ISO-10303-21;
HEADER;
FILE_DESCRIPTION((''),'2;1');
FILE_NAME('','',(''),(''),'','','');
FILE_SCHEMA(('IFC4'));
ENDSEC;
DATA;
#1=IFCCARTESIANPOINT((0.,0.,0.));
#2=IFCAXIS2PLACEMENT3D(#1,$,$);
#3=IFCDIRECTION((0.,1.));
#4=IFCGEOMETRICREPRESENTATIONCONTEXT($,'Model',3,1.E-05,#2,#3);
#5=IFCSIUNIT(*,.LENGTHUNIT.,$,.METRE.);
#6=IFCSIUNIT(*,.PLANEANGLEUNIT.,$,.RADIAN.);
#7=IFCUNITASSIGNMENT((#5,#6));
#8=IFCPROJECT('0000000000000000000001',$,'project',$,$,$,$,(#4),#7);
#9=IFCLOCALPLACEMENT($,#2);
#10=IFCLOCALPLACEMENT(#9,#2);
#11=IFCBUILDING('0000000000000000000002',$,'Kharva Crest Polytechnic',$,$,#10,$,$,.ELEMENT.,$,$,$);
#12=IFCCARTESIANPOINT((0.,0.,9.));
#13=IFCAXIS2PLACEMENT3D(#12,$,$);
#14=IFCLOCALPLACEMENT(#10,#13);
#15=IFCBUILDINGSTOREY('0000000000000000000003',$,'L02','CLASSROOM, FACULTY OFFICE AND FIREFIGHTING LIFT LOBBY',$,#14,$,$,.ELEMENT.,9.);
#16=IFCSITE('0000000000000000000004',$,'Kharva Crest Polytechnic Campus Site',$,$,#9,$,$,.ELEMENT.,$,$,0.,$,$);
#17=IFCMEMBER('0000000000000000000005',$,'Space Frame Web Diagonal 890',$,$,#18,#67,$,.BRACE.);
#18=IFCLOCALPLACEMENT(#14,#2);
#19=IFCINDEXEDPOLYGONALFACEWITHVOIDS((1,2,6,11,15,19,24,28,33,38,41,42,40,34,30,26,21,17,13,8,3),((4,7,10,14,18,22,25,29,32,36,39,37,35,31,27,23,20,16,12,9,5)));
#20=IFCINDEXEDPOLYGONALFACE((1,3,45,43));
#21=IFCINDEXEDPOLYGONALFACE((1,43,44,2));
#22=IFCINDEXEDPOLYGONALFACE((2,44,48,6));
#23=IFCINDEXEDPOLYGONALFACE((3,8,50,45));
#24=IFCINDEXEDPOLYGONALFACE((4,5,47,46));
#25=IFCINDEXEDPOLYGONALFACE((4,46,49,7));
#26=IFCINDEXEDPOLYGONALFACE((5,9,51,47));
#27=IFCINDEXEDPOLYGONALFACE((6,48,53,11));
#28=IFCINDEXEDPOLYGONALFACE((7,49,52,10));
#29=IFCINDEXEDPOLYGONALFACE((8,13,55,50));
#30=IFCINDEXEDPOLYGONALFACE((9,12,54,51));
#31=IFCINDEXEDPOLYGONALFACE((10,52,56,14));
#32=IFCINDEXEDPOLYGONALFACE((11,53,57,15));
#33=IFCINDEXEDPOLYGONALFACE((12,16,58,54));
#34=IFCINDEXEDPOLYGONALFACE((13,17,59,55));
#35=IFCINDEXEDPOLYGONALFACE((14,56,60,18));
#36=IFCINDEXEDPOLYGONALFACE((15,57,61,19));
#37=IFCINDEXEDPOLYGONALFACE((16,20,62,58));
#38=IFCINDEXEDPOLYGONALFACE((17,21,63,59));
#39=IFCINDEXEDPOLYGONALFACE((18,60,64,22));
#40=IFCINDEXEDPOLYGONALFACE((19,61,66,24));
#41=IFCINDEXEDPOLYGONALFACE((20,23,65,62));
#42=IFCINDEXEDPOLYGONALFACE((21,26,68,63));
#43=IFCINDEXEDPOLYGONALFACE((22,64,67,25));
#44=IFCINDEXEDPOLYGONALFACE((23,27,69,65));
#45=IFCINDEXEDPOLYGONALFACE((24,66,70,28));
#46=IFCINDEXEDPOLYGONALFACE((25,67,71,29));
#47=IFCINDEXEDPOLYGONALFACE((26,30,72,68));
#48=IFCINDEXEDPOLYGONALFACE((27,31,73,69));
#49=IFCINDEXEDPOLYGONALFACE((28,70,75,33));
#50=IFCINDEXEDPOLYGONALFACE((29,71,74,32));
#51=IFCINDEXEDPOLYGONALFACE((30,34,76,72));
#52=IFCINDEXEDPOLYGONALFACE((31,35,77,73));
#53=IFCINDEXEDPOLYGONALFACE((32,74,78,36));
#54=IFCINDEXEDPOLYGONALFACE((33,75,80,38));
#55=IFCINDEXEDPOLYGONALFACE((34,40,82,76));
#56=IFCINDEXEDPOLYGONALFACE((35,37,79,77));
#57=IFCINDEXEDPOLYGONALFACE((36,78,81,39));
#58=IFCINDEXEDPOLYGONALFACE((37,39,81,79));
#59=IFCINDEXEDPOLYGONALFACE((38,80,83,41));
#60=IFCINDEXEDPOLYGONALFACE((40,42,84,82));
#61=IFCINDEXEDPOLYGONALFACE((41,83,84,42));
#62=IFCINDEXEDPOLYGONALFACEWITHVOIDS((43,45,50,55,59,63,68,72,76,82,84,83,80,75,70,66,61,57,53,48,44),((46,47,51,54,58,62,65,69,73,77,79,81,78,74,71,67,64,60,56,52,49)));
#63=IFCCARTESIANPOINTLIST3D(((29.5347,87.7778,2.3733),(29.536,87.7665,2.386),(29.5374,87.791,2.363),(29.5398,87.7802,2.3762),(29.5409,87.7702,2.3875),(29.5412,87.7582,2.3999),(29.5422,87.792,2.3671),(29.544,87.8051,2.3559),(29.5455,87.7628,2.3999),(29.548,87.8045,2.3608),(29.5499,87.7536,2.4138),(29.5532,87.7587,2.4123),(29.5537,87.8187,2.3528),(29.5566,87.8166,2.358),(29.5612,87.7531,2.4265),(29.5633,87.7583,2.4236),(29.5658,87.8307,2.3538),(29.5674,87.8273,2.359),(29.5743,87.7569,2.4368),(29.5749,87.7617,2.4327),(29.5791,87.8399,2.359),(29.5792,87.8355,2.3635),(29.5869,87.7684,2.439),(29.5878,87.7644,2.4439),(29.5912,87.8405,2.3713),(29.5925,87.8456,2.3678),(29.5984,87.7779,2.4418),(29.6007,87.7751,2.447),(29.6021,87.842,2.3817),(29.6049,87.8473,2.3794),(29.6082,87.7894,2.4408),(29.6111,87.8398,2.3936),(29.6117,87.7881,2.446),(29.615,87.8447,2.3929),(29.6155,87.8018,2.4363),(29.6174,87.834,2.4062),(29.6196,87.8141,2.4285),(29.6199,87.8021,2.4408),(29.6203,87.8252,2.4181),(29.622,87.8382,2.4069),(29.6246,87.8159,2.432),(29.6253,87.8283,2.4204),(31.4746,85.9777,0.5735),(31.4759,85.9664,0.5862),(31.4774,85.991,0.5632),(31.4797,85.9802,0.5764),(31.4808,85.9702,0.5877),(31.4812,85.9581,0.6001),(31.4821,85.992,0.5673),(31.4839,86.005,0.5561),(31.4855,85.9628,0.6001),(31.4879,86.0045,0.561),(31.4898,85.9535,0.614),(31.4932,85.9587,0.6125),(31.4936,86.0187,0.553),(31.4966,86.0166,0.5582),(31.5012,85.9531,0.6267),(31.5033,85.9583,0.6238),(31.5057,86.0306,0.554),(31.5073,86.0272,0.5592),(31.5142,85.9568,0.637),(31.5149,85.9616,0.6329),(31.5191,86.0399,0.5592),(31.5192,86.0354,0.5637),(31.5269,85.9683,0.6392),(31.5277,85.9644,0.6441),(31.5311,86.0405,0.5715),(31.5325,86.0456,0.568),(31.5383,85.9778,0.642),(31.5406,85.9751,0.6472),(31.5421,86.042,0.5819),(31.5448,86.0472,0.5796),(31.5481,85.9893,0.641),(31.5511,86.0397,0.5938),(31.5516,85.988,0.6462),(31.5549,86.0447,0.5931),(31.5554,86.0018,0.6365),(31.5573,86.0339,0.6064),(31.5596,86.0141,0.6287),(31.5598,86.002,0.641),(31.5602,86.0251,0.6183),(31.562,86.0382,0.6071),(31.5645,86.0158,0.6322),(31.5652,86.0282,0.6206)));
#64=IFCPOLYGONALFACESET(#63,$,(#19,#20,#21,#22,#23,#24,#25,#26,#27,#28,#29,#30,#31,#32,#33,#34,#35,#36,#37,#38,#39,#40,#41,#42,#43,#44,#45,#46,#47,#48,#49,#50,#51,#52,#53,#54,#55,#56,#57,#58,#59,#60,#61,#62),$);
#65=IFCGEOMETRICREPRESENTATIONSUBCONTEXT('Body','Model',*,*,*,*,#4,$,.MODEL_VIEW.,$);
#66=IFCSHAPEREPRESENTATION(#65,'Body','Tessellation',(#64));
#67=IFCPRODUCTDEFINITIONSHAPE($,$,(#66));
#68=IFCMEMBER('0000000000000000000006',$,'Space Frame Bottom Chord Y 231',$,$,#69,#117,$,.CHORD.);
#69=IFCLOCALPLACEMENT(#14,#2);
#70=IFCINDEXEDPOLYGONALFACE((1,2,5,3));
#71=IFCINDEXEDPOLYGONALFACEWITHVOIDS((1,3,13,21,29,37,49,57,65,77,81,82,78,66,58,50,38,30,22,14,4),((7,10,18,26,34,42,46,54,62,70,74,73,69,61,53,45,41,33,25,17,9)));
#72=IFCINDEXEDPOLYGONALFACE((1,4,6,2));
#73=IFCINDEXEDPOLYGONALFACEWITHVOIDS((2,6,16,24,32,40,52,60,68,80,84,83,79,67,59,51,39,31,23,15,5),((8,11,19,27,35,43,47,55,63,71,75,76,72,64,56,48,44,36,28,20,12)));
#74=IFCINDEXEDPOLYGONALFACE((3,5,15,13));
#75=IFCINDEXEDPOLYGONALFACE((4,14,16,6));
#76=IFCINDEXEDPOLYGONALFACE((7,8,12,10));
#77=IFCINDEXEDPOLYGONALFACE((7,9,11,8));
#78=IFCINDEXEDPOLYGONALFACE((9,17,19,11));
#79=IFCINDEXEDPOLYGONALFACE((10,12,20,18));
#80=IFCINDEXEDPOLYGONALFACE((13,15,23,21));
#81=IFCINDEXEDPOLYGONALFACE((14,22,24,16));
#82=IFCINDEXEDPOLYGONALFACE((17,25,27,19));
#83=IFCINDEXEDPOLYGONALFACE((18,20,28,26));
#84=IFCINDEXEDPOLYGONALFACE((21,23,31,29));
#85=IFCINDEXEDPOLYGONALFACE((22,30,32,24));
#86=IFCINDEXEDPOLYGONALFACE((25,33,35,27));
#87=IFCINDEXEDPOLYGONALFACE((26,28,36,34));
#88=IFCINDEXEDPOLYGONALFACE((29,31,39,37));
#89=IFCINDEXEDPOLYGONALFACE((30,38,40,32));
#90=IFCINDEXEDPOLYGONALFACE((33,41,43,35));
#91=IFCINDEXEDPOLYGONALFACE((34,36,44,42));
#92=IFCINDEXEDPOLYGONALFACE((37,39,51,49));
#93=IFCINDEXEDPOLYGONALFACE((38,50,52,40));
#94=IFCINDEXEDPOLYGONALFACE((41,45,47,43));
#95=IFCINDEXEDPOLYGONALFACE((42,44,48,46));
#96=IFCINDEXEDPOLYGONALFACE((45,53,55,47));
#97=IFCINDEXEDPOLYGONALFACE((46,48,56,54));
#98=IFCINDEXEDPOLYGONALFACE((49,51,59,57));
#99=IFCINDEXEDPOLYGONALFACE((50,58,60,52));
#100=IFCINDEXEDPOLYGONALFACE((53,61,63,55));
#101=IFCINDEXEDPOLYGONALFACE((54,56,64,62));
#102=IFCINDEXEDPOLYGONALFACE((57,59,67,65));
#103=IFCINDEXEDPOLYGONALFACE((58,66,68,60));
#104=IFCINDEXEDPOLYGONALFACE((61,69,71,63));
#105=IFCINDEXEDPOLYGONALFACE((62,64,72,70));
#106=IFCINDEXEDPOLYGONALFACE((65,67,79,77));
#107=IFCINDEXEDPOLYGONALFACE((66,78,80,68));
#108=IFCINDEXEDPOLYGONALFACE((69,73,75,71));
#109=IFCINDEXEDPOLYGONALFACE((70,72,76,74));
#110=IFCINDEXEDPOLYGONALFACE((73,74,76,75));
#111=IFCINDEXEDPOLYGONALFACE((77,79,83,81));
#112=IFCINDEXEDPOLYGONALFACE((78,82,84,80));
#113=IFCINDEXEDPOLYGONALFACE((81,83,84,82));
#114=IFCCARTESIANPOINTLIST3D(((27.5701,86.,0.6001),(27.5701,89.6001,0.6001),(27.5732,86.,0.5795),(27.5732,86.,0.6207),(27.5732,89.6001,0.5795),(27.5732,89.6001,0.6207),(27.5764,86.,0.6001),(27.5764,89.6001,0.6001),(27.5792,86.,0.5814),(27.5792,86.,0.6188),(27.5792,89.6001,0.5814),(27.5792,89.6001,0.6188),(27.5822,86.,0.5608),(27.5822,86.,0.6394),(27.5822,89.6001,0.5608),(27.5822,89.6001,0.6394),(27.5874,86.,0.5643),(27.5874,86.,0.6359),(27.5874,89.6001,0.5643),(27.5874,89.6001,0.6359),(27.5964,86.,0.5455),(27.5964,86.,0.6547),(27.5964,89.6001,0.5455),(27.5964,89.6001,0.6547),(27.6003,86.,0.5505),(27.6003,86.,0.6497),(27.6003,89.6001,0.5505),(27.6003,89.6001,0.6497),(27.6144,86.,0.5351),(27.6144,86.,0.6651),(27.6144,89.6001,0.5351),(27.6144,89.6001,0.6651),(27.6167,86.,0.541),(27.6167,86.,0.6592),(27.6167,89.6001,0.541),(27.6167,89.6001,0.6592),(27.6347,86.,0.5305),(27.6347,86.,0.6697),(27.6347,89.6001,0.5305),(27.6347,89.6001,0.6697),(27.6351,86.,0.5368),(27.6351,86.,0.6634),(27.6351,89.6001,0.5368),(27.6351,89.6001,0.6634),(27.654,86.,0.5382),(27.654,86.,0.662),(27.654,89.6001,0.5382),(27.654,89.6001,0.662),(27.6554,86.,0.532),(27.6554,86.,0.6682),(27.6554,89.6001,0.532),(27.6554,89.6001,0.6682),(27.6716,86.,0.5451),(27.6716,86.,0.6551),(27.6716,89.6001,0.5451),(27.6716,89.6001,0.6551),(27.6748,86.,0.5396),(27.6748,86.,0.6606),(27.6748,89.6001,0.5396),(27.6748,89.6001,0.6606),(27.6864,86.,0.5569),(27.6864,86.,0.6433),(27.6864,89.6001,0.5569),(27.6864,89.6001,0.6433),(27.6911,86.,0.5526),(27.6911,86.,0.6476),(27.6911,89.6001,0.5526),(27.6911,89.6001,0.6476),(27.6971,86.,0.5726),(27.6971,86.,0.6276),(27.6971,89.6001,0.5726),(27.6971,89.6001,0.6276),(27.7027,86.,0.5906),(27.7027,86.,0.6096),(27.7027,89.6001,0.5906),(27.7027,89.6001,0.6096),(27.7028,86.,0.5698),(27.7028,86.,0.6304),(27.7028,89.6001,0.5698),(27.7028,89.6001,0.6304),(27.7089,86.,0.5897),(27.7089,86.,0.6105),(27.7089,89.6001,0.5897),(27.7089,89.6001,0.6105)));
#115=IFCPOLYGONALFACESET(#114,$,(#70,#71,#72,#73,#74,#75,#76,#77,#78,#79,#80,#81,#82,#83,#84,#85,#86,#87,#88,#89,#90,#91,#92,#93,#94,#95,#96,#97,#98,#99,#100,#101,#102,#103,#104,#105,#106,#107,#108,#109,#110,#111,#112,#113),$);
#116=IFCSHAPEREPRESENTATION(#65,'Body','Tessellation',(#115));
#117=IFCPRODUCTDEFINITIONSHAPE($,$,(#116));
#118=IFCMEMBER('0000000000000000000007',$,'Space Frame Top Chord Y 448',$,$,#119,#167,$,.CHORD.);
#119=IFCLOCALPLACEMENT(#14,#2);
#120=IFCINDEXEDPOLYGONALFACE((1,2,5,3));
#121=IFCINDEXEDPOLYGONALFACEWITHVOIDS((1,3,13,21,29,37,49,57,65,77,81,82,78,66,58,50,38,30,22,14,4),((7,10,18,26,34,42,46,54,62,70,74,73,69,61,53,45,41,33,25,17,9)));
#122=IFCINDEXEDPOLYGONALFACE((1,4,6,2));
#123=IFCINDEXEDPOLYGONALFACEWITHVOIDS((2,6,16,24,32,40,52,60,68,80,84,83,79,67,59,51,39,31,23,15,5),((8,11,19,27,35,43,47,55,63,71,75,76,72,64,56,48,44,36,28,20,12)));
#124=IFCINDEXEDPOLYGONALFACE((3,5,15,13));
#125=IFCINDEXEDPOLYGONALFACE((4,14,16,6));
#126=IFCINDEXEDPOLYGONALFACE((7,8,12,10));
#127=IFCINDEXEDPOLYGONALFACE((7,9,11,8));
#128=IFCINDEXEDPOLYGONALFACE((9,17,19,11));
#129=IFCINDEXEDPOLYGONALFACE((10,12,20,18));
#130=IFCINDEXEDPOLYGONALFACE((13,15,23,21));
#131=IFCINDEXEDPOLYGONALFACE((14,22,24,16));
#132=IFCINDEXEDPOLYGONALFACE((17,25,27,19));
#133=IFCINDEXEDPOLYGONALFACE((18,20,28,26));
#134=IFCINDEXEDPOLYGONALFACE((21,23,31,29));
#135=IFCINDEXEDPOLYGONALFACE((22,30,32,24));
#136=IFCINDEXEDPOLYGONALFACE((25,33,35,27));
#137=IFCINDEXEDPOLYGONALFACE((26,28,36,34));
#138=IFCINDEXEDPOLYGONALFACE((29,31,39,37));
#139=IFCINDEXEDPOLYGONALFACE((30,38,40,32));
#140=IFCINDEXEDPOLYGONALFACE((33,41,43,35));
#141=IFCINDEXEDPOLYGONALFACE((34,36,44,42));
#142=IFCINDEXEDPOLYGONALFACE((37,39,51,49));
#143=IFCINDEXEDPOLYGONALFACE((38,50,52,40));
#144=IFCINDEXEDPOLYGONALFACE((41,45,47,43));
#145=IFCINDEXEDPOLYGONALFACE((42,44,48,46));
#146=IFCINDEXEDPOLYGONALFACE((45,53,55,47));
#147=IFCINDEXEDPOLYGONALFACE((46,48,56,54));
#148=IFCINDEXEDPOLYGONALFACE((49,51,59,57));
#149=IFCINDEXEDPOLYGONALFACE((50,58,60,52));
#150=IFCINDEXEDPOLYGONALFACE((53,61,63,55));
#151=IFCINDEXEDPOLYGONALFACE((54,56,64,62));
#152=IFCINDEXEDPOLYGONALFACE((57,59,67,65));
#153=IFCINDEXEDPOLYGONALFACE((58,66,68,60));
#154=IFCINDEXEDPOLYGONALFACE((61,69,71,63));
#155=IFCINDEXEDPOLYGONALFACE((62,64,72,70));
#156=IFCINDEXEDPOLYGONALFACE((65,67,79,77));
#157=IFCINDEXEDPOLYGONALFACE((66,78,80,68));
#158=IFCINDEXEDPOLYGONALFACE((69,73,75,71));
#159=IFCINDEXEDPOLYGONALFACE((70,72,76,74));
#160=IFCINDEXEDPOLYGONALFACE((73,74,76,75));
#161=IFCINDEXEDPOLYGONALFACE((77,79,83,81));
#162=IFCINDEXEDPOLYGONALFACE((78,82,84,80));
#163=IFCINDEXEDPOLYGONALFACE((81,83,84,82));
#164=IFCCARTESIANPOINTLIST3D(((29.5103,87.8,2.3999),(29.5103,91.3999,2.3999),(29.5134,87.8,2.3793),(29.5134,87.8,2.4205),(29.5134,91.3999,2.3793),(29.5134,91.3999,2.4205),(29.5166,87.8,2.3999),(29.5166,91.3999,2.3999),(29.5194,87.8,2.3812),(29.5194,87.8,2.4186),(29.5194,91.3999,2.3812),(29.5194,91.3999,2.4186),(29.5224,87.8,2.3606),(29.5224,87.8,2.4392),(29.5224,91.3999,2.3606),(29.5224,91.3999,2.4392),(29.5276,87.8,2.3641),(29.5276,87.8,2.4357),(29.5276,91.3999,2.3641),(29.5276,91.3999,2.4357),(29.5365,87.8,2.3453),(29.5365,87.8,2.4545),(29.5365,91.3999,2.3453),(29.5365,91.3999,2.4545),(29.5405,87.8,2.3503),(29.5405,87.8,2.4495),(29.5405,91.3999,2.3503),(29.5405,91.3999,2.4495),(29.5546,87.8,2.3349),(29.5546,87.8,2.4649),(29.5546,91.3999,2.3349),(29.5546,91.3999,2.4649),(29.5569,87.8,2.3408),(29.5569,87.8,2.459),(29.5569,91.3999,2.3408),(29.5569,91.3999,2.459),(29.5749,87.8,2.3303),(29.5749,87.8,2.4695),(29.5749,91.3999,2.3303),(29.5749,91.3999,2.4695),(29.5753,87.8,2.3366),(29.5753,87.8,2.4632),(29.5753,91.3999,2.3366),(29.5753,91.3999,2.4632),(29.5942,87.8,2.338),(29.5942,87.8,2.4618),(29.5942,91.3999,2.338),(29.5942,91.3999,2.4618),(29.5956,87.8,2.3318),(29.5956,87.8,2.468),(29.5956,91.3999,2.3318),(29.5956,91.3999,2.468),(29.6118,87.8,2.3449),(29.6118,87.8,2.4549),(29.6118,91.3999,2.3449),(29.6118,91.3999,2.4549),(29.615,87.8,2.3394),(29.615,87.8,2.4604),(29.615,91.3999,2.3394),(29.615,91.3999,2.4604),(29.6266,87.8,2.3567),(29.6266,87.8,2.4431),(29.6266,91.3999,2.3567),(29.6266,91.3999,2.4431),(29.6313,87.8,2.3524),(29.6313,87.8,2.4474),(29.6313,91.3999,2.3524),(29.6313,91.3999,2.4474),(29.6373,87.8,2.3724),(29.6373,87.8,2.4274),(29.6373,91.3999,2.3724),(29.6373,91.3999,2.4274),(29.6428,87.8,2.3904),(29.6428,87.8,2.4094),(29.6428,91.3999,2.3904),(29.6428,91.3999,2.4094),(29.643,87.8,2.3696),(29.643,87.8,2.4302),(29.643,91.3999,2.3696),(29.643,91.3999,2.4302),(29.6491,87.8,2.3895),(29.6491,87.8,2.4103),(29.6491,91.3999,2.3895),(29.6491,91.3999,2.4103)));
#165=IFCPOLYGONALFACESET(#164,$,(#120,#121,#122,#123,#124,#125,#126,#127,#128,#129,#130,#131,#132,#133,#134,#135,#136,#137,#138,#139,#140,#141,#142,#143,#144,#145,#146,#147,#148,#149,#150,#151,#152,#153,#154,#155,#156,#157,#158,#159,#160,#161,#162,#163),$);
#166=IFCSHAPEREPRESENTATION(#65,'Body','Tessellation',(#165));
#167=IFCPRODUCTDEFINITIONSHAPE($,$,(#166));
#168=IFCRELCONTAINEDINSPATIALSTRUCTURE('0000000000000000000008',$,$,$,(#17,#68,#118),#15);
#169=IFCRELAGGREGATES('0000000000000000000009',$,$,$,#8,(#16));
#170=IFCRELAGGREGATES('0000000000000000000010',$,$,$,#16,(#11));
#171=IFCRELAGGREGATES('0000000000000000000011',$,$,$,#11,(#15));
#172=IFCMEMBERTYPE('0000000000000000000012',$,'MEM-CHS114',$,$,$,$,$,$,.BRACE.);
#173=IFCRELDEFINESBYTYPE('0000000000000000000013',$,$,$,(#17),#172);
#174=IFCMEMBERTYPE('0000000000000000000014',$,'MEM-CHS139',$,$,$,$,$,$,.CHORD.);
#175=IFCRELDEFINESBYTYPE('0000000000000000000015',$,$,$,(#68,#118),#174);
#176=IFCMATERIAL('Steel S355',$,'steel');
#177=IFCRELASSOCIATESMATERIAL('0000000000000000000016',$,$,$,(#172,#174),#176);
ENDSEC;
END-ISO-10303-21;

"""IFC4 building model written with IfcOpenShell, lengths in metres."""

from ifc_helpers import new_model, si_unit, direction, frame, origin, origin_2d, place, context, subcontext, project, spatial, hollow_circle, extrude, material, material_profile, profile_set, type_object, element, save


model = new_model("IFC4")

# Units and contexts
model_context = context("Model", 3, precision=1e-05, world=origin(), true_north=direction((0.0, 1.0)))
body_context = subcontext(model_context, "Body", "Model", "MODEL_VIEW")
ifc_project = project(units=[si_unit("LENGTHUNIT", "METRE"), si_unit("PLANEANGLEUNIT", "RADIAN")], contexts=[model_context])

# Site, building, storey
site_placement = place(None, origin())
site = spatial("IfcSite", under=ifc_project, at=site_placement, Name="Kharva Crest Polytechnic Campus Site", CompositionType="ELEMENT", RefElevation=0.0)
building_placement = place(site_placement, origin())
building = spatial("IfcBuilding", under=site, at=building_placement, Name="Kharva Crest Polytechnic", CompositionType="ELEMENT")
storey_placement = place(building_placement, frame((0.0, 0.0, 9.0)))
storey = spatial("IfcBuildingStorey", under=building, at=storey_placement, Name="L02", Description="CLASSROOM, FACULTY OFFICE AND FIREFIGHTING LIFT LOBBY", CompositionType="ELEMENT", Elevation=9.0)

# Shared definitions
ifc_material_1 = material(Name="Steel S355", Category="steel")

# Members
ifc_material_profile_1 = material_profile(ifc_material_1, hollow_circle(Radius=0.0571, WallThickness=0.0063, at=origin_2d()), Name="CHS 114.3X6.3")
ifc_profile_set_1 = profile_set([ifc_material_profile_1], Name="Steel S355")
member_type_1 = type_object("IfcMemberType", Name="MEM-CHS114", PredefinedType="BRACE", material=ifc_profile_set_1)
member_1_placement = place(storey_placement, frame((31.52, 86.0, 0.6001), z_axis=(-0.606147, 0.562437, 0.562361), x_axis=(-0.680182, -0.733043, 0.0)))
element("IfcMember", 1, at=member_1_placement, inside=storey, type_object=member_type_1, Name="Space Frame Web Diagonal 890", PredefinedType="BRACE", context=body_context, shape_type="SweptSolid", body=[
    extrude(hollow_circle(Radius=0.0571, WallThickness=0.0063, at=origin_2d()), origin(), (0.0, 0.0, 1.0), 3.2004),
])
ifc_material_profile_2 = material_profile(ifc_material_1, hollow_circle(Radius=0.0698, WallThickness=0.0063, at=origin_2d()), Name="CHS 139.7X6.3")
ifc_profile_set_2 = profile_set([ifc_material_profile_2], Name="Steel S355")
member_type_2 = type_object("IfcMemberType", Name="MEM-CHS139", PredefinedType="CHORD", material=ifc_profile_set_2)
member_2_placement = place(storey_placement, frame((27.6399, 86.0, 0.6001), z_axis=(0.0, 1.0, 0.0), x_axis=(-1.0, 0.0, 0.0)))
element("IfcMember", 2, at=member_2_placement, inside=storey, type_object=member_type_2, Name="Space Frame Bottom Chord Y 231", PredefinedType="CHORD", context=body_context, shape_type="SweptSolid", body=[
    extrude(hollow_circle(Radius=0.0698, WallThickness=0.0063, at=origin_2d()), origin(), (0.0, 0.0, 1.0), 3.6001),
])
member_3_placement = place(storey_placement, frame((29.5801, 87.8, 2.3999), z_axis=(0.0, 1.0, 0.0), x_axis=(-1.0, 0.0, 0.0)))
element("IfcMember", 3, at=member_3_placement, inside=storey, type_object=member_type_2, Name="Space Frame Top Chord Y 448", PredefinedType="CHORD", context=body_context, shape_type="SweptSolid", body=[
    extrude(hollow_circle(Radius=0.0698, WallThickness=0.0063, at=origin_2d()), origin(), (0.0, 0.0, 1.0), 3.5999),
])

save(model, "model.ifc")
